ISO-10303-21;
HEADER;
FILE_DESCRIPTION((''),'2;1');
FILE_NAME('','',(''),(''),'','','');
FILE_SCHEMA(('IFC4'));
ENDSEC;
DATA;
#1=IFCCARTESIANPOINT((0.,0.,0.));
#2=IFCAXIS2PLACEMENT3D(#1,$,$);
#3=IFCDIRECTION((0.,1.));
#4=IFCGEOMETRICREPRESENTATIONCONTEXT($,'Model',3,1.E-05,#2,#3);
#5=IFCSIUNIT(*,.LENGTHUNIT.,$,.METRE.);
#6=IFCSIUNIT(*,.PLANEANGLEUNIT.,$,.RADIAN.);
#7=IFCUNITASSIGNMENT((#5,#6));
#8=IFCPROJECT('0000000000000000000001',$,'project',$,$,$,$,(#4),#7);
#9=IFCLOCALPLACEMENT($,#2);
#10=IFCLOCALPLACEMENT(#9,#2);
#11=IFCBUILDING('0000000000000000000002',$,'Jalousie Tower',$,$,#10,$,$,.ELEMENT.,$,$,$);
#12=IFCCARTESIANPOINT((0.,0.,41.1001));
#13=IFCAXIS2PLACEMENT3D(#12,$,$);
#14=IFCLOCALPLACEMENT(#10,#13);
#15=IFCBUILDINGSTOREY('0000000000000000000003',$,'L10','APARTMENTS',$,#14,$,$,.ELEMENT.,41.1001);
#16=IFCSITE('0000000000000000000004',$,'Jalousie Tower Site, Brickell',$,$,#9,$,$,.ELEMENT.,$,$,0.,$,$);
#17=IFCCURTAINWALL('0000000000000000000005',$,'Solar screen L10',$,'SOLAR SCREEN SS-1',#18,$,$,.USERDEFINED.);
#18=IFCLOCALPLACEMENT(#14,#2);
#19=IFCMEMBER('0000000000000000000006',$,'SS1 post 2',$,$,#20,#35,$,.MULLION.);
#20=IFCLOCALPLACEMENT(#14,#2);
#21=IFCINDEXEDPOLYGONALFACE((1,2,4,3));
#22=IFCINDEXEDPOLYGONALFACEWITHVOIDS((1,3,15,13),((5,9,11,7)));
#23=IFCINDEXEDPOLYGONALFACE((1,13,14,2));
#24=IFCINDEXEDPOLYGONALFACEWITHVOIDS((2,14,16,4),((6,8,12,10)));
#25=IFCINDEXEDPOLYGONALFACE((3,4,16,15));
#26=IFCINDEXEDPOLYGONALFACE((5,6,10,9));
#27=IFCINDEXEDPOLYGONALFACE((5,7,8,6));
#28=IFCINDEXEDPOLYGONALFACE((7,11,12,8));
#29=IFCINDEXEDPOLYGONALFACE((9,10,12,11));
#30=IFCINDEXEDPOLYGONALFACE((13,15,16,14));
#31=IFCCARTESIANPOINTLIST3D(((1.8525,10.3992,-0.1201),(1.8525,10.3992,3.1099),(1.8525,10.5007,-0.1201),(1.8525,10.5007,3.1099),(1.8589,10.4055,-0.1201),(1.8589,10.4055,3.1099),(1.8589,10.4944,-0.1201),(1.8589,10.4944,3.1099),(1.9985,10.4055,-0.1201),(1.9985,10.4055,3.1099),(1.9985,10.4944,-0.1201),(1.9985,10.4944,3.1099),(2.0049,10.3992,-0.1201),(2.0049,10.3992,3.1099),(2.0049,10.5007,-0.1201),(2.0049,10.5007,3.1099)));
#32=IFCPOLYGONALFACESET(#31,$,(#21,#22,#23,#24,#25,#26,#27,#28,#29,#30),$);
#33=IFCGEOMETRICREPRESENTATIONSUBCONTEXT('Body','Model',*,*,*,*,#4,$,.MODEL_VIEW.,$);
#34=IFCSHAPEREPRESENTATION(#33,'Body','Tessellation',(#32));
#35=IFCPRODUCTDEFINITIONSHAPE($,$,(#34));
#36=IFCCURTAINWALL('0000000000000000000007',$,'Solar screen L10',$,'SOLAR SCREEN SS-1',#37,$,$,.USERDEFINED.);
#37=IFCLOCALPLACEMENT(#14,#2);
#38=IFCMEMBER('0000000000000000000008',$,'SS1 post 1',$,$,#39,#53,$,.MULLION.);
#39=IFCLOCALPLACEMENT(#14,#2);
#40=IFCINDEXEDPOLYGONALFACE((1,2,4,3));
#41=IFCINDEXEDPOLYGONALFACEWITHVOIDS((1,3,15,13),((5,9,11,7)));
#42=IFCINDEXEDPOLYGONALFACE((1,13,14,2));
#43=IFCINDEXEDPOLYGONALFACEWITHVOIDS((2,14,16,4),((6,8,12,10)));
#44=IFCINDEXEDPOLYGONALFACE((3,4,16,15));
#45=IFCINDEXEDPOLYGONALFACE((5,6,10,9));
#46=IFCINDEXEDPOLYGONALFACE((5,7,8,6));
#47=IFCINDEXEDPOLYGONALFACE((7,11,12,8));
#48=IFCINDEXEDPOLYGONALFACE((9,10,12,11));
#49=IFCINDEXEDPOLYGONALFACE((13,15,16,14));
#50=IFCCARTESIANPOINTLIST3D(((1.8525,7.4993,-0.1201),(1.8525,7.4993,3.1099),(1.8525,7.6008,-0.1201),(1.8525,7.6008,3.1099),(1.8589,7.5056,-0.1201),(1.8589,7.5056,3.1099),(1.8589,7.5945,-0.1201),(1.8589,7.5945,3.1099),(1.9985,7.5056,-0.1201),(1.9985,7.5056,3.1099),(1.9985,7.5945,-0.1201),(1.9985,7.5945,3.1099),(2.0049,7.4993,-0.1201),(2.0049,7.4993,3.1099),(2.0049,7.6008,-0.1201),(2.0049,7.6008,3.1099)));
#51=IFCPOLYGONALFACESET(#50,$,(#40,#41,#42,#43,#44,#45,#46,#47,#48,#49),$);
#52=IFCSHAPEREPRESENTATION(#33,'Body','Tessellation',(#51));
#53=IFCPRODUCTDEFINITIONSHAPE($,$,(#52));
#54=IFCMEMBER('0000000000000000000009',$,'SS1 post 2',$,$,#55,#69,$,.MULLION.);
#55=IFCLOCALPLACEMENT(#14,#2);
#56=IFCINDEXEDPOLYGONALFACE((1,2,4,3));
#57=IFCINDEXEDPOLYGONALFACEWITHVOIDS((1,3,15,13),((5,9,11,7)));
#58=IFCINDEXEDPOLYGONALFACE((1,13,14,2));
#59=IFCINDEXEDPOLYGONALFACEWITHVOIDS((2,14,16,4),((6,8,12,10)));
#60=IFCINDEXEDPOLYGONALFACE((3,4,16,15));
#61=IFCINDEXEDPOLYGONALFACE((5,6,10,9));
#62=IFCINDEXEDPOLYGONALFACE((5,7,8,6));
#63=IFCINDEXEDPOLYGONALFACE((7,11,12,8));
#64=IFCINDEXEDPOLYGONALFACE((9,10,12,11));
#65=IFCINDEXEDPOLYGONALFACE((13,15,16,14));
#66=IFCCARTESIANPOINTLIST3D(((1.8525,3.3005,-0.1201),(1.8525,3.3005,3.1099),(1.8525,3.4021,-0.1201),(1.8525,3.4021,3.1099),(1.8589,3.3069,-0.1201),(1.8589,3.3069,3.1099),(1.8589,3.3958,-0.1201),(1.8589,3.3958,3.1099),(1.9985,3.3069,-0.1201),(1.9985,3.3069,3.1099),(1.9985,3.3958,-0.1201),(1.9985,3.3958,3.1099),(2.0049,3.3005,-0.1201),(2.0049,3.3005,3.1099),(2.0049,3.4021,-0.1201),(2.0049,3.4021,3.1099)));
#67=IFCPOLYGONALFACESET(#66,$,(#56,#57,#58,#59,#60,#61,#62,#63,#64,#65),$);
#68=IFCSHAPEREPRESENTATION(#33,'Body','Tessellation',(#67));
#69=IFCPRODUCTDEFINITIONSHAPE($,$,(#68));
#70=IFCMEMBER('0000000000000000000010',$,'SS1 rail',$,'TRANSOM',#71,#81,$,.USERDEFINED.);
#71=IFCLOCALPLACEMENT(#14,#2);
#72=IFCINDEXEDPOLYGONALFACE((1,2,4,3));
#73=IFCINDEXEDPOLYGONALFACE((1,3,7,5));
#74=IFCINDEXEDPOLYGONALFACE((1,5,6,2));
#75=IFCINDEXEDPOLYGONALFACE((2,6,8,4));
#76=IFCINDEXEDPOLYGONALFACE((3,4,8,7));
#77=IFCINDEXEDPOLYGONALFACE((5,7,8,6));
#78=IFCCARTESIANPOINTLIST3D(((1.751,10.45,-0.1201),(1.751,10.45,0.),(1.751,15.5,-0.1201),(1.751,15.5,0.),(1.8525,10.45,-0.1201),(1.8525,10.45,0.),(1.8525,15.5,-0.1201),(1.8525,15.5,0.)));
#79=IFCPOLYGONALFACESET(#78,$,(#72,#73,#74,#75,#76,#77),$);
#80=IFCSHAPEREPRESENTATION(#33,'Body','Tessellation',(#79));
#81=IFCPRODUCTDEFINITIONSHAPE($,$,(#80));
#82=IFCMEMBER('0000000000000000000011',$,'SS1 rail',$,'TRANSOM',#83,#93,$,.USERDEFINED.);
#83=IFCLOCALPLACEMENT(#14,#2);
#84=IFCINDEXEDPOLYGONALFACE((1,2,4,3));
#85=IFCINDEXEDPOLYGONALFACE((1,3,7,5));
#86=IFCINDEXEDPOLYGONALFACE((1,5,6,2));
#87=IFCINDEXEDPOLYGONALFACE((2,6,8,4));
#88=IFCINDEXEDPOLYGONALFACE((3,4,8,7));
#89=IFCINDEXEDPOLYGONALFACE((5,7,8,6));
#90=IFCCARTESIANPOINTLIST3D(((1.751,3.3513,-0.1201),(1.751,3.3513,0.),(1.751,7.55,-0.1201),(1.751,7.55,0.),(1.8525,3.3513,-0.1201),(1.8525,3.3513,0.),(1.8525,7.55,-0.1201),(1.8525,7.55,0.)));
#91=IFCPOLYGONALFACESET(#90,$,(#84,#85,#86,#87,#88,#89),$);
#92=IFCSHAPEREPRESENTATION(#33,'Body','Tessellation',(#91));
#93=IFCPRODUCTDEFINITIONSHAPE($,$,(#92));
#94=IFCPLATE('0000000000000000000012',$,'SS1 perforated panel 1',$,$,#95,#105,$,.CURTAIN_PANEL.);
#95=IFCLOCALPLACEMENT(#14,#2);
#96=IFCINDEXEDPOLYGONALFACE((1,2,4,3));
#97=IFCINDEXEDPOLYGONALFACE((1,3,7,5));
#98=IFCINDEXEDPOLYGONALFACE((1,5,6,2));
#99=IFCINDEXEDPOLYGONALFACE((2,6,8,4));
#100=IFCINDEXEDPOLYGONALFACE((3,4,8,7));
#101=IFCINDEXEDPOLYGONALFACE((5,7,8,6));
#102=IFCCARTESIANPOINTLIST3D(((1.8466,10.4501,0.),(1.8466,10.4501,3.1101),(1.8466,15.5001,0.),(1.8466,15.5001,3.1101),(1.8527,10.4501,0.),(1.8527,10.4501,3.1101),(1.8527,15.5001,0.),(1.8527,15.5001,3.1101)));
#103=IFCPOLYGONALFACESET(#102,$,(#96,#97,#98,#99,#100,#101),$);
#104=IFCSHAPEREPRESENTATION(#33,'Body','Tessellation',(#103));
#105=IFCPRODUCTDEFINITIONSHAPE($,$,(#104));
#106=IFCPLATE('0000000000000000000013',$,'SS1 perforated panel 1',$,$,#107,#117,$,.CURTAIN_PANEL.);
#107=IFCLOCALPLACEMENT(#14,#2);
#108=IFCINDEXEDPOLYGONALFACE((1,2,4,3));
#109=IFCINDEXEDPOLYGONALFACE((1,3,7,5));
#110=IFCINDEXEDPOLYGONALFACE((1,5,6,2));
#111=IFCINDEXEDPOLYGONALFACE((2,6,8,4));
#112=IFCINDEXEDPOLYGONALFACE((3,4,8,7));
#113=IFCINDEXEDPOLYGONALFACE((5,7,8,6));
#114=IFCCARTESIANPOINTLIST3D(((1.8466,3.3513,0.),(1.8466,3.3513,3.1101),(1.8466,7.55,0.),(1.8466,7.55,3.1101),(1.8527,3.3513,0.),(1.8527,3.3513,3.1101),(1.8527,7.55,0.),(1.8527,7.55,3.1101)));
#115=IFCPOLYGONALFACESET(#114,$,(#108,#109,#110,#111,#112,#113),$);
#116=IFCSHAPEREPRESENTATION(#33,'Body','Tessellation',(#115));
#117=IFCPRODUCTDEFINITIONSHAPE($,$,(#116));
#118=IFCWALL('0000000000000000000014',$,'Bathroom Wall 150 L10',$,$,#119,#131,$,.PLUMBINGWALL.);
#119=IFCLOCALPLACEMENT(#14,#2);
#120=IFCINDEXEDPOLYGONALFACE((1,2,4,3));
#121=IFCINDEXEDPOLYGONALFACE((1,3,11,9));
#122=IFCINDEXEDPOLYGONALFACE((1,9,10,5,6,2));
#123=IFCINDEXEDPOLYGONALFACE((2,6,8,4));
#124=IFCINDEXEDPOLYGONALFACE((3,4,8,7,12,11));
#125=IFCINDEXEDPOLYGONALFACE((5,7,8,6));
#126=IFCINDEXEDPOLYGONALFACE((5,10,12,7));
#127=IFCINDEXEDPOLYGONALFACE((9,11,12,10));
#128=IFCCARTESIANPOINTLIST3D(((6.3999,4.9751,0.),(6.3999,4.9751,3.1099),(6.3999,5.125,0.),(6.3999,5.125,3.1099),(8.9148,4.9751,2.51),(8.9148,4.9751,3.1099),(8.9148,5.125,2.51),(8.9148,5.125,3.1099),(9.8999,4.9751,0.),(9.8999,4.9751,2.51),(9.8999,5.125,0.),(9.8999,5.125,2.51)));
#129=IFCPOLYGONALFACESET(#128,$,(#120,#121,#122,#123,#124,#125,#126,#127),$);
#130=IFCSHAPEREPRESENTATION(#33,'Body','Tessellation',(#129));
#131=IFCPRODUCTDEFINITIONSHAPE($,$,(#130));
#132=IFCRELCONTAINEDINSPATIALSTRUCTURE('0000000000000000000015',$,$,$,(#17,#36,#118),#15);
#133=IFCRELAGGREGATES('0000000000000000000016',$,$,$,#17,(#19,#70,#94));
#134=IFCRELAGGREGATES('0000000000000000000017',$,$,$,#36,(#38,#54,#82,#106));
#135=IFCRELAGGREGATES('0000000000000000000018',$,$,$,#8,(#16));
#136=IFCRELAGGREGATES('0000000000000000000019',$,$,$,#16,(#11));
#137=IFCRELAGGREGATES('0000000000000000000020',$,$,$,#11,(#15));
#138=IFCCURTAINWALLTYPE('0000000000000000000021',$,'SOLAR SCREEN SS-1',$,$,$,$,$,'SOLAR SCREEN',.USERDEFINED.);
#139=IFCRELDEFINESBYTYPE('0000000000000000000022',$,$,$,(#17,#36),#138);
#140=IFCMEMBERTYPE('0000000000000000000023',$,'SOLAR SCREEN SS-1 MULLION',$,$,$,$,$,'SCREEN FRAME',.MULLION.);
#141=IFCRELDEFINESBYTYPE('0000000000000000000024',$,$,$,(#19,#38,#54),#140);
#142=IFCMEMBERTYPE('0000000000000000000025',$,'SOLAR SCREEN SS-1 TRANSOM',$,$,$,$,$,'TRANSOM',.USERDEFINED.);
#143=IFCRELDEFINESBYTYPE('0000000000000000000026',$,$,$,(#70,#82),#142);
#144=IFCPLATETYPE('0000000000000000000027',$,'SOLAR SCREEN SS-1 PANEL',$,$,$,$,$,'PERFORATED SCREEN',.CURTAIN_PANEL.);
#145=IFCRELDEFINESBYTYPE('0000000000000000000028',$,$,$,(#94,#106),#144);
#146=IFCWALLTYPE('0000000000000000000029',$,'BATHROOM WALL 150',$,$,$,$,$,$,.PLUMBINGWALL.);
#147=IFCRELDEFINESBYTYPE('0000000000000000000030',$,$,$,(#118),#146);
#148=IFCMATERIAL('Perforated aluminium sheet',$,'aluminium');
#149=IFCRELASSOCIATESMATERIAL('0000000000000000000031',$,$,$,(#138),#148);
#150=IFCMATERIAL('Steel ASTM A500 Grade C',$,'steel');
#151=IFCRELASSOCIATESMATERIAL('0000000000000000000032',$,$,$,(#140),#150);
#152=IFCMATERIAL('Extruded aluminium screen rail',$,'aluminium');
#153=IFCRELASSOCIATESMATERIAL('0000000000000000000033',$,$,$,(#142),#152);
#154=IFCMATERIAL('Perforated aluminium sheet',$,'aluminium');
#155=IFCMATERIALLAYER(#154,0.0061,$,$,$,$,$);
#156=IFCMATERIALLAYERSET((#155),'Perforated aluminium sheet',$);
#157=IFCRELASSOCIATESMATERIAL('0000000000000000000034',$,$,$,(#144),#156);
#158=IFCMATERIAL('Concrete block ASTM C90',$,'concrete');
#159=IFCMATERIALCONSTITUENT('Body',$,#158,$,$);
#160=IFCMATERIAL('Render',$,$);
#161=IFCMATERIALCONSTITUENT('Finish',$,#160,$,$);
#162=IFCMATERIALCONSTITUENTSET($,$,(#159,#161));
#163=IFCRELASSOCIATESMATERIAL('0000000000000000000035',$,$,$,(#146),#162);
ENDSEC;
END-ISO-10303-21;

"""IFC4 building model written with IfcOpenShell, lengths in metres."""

from ifc_helpers import new_model, si_unit, direction, frame, origin, origin_2d, place, context, subcontext, project, spatial, polyline, rectangle, hollow_rectangle, outline, extrude, material, layer, layer_set, constituent, constituent_set, material_profile, profile_set, type_object, element, aggregate, save


model = new_model("IFC4")

# Units and contexts
model_context = context("Model", 3, precision=1e-05, world=origin(), true_north=direction((0.0, 1.0)))
body_context = subcontext(model_context, "Body", "Model", "MODEL_VIEW")
ifc_project = project(units=[si_unit("LENGTHUNIT", "METRE"), si_unit("PLANEANGLEUNIT", "RADIAN")], contexts=[model_context])

# Site, building, storey
site_placement = place(None, origin())
site = spatial("IfcSite", under=ifc_project, at=site_placement, Name="Jalousie Tower Site, Brickell", CompositionType="ELEMENT", RefElevation=0.0)
building_placement = place(site_placement, origin())
building = spatial("IfcBuilding", under=site, at=building_placement, Name="Jalousie Tower", CompositionType="ELEMENT")
storey_placement = place(building_placement, frame((0.0, 0.0, 41.1001)))
storey = spatial("IfcBuildingStorey", under=building, at=storey_placement, Name="L10", Description="APARTMENTS", CompositionType="ELEMENT", Elevation=41.1001)

# Curtain walls, members
ifc_material_1 = material(Name="Perforated aluminium sheet", Category="aluminium")
curtain_wall_type_1 = type_object("IfcCurtainWallType", Name="SOLAR SCREEN SS-1", ElementType="SOLAR SCREEN", PredefinedType="USERDEFINED", material=ifc_material_1)
curtain_wall_1_placement = place(storey_placement, origin())
curtain_wall_1 = element("IfcCurtainWall", 1, at=curtain_wall_1_placement, inside=storey, type_object=curtain_wall_type_1, Name="Solar screen L10", ObjectType="SOLAR SCREEN SS-1", PredefinedType="USERDEFINED")
ifc_material_2 = material(Name="Steel ASTM A500 Grade C", Category="steel")
ifc_material_profile_1 = material_profile(ifc_material_2, hollow_rectangle(XDim=0.1016, YDim=0.1523, WallThickness=0.0063, at=origin_2d()), Name="HSS6X4X1/4")
ifc_profile_set_1 = profile_set([ifc_material_profile_1], Name="Steel ASTM A500 Grade C")
member_type_1 = type_object("IfcMemberType", Name="SOLAR SCREEN SS-1 MULLION", ElementType="SCREEN FRAME", PredefinedType="MULLION", material=ifc_profile_set_1)
member_1_placement = place(storey_placement, frame((1.9287, 10.45, -0.1201), z_axis=(0.0, 0.0, 1.0), x_axis=(0.0, -1.0, 0.0)))
member_1 = element("IfcMember", 2, at=member_1_placement, type_object=member_type_1, Name="SS1 post 2", PredefinedType="MULLION", context=body_context, shape_type="SweptSolid", body=[
    extrude(hollow_rectangle(XDim=0.1016, YDim=0.1523, WallThickness=0.0063, at=origin_2d()), origin(), (0.0, 0.0, 1.0), 3.23),
])
curtain_wall_2_placement = place(storey_placement, origin())
curtain_wall_2 = element("IfcCurtainWall", 3, at=curtain_wall_2_placement, inside=storey, type_object=curtain_wall_type_1, Name="Solar screen L10", ObjectType="SOLAR SCREEN SS-1", PredefinedType="USERDEFINED")
member_2_placement = place(storey_placement, frame((1.9287, 7.55, -0.1201), z_axis=(0.0, 0.0, 1.0), x_axis=(0.0, -1.0, 0.0)))
member_2 = element("IfcMember", 4, at=member_2_placement, type_object=member_type_1, Name="SS1 post 1", PredefinedType="MULLION", context=body_context, shape_type="SweptSolid", body=[
    extrude(hollow_rectangle(XDim=0.1016, YDim=0.1523, WallThickness=0.0063, at=origin_2d()), origin(), (0.0, 0.0, 1.0), 3.23),
])
member_3_placement = place(storey_placement, frame((1.9287, 3.3513, -0.1201), z_axis=(0.0, 0.0, 1.0), x_axis=(0.0, -1.0, 0.0)))
member_3 = element("IfcMember", 5, at=member_3_placement, type_object=member_type_1, Name="SS1 post 2", PredefinedType="MULLION", context=body_context, shape_type="SweptSolid", body=[
    extrude(hollow_rectangle(XDim=0.1016, YDim=0.1523, WallThickness=0.0063, at=origin_2d()), origin(), (0.0, 0.0, 1.0), 3.23),
])

# Members
ifc_material_3 = material(Name="Extruded aluminium screen rail", Category="aluminium")
ifc_material_profile_2 = material_profile(ifc_material_3, rectangle(XDim=0.1016, YDim=0.1201, at=origin_2d()), Name="RAIL 102x120")
ifc_profile_set_2 = profile_set([ifc_material_profile_2], Name="Extruded aluminium screen rail")
member_type_2 = type_object("IfcMemberType", Name="SOLAR SCREEN SS-1 TRANSOM", ElementType="TRANSOM", PredefinedType="USERDEFINED", material=ifc_profile_set_2)
member_4_placement = place(storey_placement, frame((1.8018, 15.5, -0.0601), z_axis=(0.0, -1.0, 0.0), x_axis=(1.0, 0.0, 0.0)))
member_4 = element("IfcMember", 6, at=member_4_placement, type_object=member_type_2, Name="SS1 rail", ObjectType="TRANSOM", PredefinedType="USERDEFINED", context=body_context, shape_type="SweptSolid", body=[
    extrude(rectangle(XDim=0.1016, YDim=0.1201, at=origin_2d()), origin(), (0.0, 0.0, 1.0), 5.05),
])
member_5_placement = place(storey_placement, frame((1.8018, 7.55, -0.0601), z_axis=(0.0, -1.0, 0.0), x_axis=(1.0, 0.0, 0.0)))
member_5 = element("IfcMember", 7, at=member_5_placement, type_object=member_type_2, Name="SS1 rail", ObjectType="TRANSOM", PredefinedType="USERDEFINED", context=body_context, shape_type="SweptSolid", body=[
    extrude(rectangle(XDim=0.1016, YDim=0.1201, at=origin_2d()), origin(), (0.0, 0.0, 1.0), 4.1987),
])

# Plates
ifc_material_4 = material(Name="Perforated aluminium sheet", Category="aluminium")
ifc_layer_1 = layer(ifc_material_4, 0.0061)
ifc_layer_set_1 = layer_set([ifc_layer_1], Name="Perforated aluminium sheet")
plate_type = type_object("IfcPlateType", Name="SOLAR SCREEN SS-1 PANEL", ElementType="PERFORATED SCREEN", PredefinedType="CURTAIN_PANEL", material=ifc_layer_set_1)
plate_1_placement = place(storey_placement, frame((1.8496, 12.9751, 0.0), z_axis=(0.0, 0.0, 1.0), x_axis=(0.0, -1.0, 0.0)))
plate_1 = element("IfcPlate", 8, at=plate_1_placement, type_object=plate_type, Name="SS1 perforated panel 1", PredefinedType="CURTAIN_PANEL", context=body_context, shape_type="SweptSolid", body=[
    extrude(rectangle(XDim=5.05, YDim=0.0061, at=origin_2d()), origin(), (0.0, 0.0, 1.0), 3.1101),
])
aggregate(curtain_wall_1, [member_1, member_4, plate_1])
plate_2_placement = place(storey_placement, frame((1.8496, 5.4507, 0.0), z_axis=(0.0, 0.0, 1.0), x_axis=(0.0, -1.0, 0.0)))
plate_2 = element("IfcPlate", 9, at=plate_2_placement, type_object=plate_type, Name="SS1 perforated panel 1", PredefinedType="CURTAIN_PANEL", context=body_context, shape_type="SweptSolid", body=[
    extrude(rectangle(XDim=4.1987, YDim=0.0061, at=origin_2d()), origin(), (0.0, 0.0, 1.0), 3.1101),
])
aggregate(curtain_wall_2, [member_2, member_3, member_5, plate_2])

# Wall
ifc_material_5 = material(Name="Concrete block ASTM C90", Category="concrete")
ifc_constituent_1 = constituent(ifc_material_5, Name="Body")
ifc_material_6 = material(Name="Render")
ifc_constituent_2 = constituent(ifc_material_6, Name="Finish")
ifc_constituent_set_1 = constituent_set(constituents=[ifc_constituent_1, ifc_constituent_2])
wall_type_1 = type_object("IfcWallType", Name="BATHROOM WALL 150", PredefinedType="PLUMBINGWALL", material=ifc_constituent_set_1)
wall_1_placement = place(storey_placement, frame((6.3999, 5.05, 0.0), z_axis=(0.0, 0.0, 1.0), x_axis=(1.0, 0.0, 0.0)))
element("IfcWall", 10, at=wall_1_placement, inside=storey, type_object=wall_type_1, Name="Bathroom Wall 150 L10", PredefinedType="PLUMBINGWALL", context=body_context, shape_type="SweptSolid", body=[
    extrude(outline(polyline([(0.0, 0.0), (3.5, 0.0), (3.5, 3.1099), (3.5, 2.51), (2.5149, 2.51), (2.5149, 3.1099), (0.0, 3.1099), (0.0, 0.0)])), frame((0.0, 0.075, 0.0), z_axis=(0.0, -1.0, 0.0), x_axis=(1.0, 0.0, 0.0)), (0.0, 0.0, 1.0), 0.1499),
])

save(model, "model.ifc")
